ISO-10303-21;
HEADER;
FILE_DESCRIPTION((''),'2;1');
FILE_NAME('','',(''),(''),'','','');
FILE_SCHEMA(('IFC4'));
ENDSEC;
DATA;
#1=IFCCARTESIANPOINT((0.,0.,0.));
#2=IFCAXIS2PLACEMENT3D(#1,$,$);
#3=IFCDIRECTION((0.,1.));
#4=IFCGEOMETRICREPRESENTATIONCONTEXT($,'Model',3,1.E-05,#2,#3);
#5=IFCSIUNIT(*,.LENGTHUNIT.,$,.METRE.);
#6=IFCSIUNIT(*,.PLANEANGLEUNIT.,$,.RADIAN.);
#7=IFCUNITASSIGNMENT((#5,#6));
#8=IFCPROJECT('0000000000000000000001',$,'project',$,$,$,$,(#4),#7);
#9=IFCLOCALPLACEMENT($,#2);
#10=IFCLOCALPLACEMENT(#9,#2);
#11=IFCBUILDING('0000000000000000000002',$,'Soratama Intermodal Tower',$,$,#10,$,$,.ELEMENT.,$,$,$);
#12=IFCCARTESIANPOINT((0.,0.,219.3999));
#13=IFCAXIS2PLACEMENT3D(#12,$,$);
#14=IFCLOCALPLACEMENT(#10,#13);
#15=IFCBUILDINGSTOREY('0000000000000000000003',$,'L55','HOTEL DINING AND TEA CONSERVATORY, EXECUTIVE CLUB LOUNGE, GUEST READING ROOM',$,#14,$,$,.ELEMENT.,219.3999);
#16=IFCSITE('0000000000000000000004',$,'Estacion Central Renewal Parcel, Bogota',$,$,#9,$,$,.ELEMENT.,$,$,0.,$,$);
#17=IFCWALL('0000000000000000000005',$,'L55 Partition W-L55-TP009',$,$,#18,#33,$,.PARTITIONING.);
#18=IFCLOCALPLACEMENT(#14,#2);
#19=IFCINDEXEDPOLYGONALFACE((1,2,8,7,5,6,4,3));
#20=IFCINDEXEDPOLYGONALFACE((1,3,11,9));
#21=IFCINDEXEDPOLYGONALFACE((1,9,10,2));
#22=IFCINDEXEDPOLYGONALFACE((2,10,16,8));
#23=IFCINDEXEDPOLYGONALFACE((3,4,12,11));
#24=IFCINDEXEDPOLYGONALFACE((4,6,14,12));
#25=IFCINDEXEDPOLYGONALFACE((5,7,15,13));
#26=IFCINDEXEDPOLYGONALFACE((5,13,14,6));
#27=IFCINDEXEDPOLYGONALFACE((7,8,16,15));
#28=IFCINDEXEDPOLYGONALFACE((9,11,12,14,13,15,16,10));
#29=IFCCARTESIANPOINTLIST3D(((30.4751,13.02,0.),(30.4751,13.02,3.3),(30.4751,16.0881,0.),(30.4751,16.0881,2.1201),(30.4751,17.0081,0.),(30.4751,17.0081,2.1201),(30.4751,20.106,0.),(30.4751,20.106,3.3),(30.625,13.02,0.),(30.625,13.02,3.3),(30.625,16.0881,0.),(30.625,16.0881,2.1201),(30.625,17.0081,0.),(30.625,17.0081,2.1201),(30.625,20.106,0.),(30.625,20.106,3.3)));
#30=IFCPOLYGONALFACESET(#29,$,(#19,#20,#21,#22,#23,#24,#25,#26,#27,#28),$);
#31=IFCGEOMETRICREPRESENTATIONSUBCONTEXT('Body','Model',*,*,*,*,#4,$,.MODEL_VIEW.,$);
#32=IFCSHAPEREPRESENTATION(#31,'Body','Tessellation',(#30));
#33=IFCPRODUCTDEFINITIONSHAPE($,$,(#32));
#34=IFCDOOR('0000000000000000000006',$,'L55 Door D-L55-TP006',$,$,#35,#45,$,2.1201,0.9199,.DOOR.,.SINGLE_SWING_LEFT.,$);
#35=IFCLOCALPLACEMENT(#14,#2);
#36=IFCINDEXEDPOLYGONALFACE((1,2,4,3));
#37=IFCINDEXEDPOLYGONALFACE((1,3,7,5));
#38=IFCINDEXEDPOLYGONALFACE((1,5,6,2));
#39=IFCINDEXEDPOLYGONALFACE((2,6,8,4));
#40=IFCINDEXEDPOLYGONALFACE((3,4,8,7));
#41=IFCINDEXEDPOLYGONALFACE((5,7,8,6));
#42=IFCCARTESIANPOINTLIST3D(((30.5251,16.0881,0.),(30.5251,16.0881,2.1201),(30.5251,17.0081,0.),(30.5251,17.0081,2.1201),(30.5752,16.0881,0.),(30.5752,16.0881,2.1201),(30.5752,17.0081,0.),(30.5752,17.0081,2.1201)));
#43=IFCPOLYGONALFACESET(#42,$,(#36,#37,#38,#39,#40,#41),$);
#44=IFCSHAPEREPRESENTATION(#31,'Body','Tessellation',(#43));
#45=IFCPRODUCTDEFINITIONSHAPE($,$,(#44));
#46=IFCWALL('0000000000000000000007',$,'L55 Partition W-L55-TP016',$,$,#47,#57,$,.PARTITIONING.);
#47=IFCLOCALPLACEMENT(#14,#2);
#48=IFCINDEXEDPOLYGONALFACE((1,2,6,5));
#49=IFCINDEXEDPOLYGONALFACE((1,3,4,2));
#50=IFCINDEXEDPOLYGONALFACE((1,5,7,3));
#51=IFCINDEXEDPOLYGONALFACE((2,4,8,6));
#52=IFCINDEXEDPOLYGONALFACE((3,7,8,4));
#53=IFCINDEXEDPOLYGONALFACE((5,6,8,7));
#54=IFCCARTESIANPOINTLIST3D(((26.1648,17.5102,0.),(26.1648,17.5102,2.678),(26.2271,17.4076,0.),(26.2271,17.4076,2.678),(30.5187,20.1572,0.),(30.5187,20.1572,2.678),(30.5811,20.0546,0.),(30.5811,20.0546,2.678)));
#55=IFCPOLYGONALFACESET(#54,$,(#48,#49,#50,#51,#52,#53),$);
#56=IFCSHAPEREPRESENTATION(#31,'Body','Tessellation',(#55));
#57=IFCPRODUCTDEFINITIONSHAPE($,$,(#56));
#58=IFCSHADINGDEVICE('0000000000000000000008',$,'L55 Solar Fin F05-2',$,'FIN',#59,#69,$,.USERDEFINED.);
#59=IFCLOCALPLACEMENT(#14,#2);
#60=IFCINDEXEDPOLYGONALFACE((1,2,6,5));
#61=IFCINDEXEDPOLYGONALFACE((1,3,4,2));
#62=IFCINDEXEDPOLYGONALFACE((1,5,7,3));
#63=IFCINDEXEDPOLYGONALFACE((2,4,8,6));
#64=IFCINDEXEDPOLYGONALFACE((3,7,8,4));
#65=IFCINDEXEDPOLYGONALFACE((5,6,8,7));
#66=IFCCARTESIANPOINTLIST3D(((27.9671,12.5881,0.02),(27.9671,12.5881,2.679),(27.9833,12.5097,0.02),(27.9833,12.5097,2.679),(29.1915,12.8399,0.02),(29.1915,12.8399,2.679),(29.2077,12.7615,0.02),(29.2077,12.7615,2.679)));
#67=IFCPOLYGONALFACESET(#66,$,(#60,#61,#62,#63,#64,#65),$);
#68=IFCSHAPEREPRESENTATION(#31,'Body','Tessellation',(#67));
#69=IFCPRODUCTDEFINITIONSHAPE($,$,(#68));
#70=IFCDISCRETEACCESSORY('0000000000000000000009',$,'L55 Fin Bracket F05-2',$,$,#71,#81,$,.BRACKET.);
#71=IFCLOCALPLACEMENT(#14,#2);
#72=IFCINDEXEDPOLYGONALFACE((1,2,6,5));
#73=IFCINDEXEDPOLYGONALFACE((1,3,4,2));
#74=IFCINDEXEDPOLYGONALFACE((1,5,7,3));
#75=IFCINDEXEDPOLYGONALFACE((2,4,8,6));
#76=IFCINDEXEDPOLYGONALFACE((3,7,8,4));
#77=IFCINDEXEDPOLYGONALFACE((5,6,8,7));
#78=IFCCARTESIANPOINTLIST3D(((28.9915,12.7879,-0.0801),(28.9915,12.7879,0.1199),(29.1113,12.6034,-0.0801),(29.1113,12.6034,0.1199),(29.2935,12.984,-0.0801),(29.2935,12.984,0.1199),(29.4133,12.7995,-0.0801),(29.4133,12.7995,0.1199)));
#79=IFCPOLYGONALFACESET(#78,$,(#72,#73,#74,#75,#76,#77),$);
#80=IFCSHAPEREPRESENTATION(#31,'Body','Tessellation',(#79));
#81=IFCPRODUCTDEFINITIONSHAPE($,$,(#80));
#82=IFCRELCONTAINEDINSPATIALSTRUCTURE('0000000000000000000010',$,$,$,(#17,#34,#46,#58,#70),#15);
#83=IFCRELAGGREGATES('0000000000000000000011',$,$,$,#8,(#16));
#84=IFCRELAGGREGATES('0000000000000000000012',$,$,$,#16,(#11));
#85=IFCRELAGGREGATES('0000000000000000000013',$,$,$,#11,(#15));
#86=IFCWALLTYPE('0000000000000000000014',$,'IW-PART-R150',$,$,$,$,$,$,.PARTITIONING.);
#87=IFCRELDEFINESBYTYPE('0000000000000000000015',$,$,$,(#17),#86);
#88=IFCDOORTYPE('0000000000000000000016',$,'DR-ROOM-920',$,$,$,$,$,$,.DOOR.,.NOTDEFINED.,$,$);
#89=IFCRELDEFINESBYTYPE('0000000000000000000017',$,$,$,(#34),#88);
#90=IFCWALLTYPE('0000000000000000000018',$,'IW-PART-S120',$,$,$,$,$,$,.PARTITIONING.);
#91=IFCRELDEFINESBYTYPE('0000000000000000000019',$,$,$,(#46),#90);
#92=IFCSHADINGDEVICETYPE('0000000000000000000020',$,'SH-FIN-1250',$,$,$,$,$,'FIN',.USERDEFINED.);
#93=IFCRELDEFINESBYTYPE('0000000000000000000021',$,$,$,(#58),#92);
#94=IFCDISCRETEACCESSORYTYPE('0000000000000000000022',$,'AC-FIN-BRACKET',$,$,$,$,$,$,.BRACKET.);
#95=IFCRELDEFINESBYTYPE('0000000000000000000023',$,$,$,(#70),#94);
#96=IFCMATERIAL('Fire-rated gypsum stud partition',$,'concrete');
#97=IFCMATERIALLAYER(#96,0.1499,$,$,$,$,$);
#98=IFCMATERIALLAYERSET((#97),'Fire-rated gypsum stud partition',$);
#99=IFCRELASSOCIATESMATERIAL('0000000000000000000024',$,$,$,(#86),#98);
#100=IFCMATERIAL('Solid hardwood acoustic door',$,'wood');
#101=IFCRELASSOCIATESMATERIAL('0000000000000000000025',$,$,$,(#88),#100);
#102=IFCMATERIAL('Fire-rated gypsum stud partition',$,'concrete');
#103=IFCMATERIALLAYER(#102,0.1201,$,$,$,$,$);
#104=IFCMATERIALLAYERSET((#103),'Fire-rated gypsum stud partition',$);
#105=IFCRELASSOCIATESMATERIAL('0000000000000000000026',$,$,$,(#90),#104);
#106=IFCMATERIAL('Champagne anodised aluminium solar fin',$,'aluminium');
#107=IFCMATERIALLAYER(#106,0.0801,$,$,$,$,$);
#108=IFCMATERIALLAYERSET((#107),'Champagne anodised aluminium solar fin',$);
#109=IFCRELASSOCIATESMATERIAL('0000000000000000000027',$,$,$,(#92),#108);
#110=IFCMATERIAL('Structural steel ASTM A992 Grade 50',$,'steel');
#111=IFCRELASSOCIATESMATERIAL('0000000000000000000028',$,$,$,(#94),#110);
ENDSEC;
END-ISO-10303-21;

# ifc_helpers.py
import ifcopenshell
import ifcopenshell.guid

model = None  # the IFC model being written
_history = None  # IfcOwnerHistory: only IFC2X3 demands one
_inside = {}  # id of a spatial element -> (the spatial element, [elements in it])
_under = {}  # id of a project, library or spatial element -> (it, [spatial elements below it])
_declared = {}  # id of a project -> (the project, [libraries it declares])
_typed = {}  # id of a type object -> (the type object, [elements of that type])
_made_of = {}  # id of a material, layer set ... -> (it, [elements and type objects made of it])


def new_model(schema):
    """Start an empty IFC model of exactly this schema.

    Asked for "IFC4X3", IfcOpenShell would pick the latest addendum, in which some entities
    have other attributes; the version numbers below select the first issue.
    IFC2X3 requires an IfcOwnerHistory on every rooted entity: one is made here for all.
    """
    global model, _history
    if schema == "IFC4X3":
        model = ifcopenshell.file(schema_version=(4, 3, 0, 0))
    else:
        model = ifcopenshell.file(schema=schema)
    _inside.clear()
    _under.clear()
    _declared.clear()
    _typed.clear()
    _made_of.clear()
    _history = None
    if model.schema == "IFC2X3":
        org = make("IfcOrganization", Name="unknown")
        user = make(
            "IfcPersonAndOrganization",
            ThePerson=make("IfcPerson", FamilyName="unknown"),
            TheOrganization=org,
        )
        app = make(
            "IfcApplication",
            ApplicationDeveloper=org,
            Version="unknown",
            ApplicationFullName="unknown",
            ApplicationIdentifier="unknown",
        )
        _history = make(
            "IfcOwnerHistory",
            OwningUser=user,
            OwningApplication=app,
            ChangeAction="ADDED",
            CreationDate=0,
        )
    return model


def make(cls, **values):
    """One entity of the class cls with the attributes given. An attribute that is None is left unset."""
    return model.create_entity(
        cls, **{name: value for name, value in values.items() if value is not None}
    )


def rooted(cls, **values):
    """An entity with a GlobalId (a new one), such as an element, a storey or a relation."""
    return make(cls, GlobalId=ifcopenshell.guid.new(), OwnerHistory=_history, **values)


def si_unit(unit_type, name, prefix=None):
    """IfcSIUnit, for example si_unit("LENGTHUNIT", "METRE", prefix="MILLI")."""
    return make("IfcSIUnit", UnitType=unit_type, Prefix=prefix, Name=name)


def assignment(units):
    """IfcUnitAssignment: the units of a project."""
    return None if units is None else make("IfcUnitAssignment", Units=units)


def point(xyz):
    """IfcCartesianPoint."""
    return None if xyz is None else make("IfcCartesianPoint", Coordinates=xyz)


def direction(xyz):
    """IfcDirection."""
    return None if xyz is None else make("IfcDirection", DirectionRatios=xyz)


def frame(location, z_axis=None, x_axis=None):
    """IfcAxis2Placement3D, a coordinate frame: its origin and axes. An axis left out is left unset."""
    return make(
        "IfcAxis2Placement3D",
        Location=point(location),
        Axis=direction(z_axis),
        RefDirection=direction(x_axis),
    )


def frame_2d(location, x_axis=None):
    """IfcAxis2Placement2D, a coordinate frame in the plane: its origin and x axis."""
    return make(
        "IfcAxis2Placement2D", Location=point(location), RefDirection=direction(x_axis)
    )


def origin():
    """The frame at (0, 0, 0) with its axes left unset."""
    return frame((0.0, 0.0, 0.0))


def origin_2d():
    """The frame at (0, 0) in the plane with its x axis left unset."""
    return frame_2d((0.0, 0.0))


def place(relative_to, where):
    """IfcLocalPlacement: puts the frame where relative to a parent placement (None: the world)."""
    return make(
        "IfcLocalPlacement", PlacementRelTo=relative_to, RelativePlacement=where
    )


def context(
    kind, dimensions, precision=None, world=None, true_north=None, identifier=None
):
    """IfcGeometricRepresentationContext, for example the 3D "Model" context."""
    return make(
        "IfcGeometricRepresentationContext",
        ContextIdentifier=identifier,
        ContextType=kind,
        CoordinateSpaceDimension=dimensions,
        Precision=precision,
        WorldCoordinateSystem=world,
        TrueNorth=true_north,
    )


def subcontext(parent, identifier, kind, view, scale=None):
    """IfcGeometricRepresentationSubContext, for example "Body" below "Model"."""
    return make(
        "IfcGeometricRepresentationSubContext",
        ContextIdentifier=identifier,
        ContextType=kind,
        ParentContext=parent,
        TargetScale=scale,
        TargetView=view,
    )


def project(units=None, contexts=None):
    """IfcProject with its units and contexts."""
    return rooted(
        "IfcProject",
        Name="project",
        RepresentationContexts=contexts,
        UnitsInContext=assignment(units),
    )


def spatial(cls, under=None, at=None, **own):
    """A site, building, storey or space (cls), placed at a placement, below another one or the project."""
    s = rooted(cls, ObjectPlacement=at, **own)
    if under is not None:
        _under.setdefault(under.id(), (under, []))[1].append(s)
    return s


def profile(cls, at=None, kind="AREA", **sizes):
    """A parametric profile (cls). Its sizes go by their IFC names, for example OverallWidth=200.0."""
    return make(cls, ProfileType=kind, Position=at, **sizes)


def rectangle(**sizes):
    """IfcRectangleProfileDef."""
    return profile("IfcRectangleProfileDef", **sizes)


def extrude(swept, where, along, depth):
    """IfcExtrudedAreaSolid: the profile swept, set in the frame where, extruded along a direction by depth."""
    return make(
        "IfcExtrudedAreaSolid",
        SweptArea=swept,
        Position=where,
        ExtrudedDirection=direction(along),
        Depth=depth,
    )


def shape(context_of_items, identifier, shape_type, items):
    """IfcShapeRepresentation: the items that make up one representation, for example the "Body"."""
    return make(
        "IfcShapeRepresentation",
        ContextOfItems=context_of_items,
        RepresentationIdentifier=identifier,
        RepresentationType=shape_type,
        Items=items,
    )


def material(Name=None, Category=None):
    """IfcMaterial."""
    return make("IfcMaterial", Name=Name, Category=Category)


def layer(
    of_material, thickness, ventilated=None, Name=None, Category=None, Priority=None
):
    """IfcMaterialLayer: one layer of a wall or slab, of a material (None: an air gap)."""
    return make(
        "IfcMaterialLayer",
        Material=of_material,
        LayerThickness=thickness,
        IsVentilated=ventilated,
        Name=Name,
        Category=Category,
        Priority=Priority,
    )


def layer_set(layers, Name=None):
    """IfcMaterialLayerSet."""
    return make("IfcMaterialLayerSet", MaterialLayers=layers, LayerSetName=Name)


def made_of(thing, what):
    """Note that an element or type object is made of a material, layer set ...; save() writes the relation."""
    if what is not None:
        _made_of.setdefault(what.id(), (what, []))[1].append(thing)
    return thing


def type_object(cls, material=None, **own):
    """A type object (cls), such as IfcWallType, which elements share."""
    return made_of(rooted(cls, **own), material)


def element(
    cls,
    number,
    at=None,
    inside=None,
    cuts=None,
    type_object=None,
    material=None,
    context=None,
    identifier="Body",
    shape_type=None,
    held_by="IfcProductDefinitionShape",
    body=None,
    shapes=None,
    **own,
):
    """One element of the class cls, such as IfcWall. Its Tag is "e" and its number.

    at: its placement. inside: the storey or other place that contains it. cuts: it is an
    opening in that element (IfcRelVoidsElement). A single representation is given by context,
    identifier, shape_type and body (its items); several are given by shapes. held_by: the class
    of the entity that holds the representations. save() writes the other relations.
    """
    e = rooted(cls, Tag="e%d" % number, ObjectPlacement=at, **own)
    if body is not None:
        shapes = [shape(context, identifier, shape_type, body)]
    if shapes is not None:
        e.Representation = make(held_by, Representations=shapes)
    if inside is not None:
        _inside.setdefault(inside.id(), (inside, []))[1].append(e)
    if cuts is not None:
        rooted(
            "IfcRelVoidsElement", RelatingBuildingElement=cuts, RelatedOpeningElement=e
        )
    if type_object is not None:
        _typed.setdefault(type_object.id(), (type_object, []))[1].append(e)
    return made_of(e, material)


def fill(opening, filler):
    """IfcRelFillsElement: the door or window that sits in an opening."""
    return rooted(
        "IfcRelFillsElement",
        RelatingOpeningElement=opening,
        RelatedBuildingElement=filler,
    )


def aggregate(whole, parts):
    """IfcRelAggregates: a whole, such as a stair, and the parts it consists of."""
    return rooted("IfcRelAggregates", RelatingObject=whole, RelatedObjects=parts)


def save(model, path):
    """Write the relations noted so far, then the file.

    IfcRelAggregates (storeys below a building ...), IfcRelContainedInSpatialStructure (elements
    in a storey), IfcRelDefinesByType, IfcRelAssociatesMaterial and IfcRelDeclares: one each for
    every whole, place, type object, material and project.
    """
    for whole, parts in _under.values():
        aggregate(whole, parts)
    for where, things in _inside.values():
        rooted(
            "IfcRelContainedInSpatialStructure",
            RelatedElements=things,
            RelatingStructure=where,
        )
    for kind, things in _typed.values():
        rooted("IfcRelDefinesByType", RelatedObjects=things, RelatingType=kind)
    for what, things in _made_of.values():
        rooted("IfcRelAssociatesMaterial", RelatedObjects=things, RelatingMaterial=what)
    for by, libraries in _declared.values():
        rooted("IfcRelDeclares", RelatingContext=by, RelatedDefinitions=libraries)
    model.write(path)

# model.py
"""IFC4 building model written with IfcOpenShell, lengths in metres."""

from ifc_helpers import new_model, si_unit, direction, frame, frame_2d, origin, origin_2d, place, context, subcontext, project, spatial, rectangle, extrude, material, layer, layer_set, type_object, element, fill, save


model = new_model("IFC4")

# Units and contexts
model_context = context("Model", 3, precision=1e-05, world=origin(), true_north=direction((0.0, 1.0)))
body_context = subcontext(model_context, "Body", "Model", "MODEL_VIEW")
ifc_project = project(units=[si_unit("LENGTHUNIT", "METRE"), si_unit("PLANEANGLEUNIT", "RADIAN")], contexts=[model_context])

# Site, building, storey
site_placement = place(None, origin())
site = spatial("IfcSite", under=ifc_project, at=site_placement, Name="Estacion Central Renewal Parcel, Bogota", CompositionType="ELEMENT", RefElevation=0.0)
building_placement = place(site_placement, origin())
building = spatial("IfcBuilding", under=site, at=building_placement, Name="Soratama Intermodal Tower", CompositionType="ELEMENT")
storey_placement = place(building_placement, frame((0.0, 0.0, 219.3999)))
storey = spatial("IfcBuildingStorey", under=building, at=storey_placement, Name="L55", Description="HOTEL DINING AND TEA CONSERVATORY, EXECUTIVE CLUB LOUNGE, GUEST READING ROOM", CompositionType="ELEMENT", Elevation=219.3999)

# Wall, opening, door
ifc_material_1 = material(Name="Fire-rated gypsum stud partition", Category="concrete")
ifc_layer_1 = layer(ifc_material_1, 0.1499)
ifc_layer_set_1 = layer_set([ifc_layer_1], Name="Fire-rated gypsum stud partition")
wall_type_1 = type_object("IfcWallType", Name="IW-PART-R150", PredefinedType="PARTITIONING", material=ifc_layer_set_1)
ifc_material_2 = material(Name="Solid hardwood acoustic door", Category="wood")
door_type = type_object("IfcDoorType", Name="DR-ROOM-920", OperationType="NOTDEFINED", PredefinedType="DOOR", material=ifc_material_2)
wall_1_placement = place(storey_placement, frame((30.55, 13.02, 0.0), z_axis=(0.0, 0.0, 1.0), x_axis=(0.0, 1.0, 0.0)))
wall_1 = element("IfcWall", 1, at=wall_1_placement, inside=storey, type_object=wall_type_1, Name="L55 Partition W-L55-TP009", PredefinedType="PARTITIONING", context=body_context, shape_type="SweptSolid", body=[
    extrude(rectangle(XDim=7.0859, YDim=0.1499, at=frame_2d((3.543, 0.0))), origin(), (0.0, 0.0, 1.0), 3.3),
])
opening_1_placement = place(wall_1_placement, frame((3.0681, 0.0, 0.0)))
opening_1 = element("IfcOpeningElement", 2, at=opening_1_placement, cuts=wall_1, PredefinedType="OPENING", context=body_context, shape_type="SweptSolid", body=[
    extrude(rectangle(XDim=0.9199, YDim=2.1201, at=frame_2d((0.46, 1.0601))), frame((0.0, 0.085, 0.0), z_axis=(0.0, -1.0, 0.0), x_axis=(1.0, 0.0, 0.0)), (0.0, 0.0, 1.0), 0.1699),
])
door_1_placement = place(opening_1_placement, origin())
door_1 = element("IfcDoor", 3, at=door_1_placement, inside=storey, type_object=door_type, Name="L55 Door D-L55-TP006", OperationType="SINGLE_SWING_LEFT", OverallHeight=2.1201, OverallWidth=0.9199, PredefinedType="DOOR", context=body_context, shape_type="SweptSolid", body=[
    extrude(rectangle(XDim=0.9199, YDim=2.1201, at=frame_2d((0.46, 1.0601))), frame((0.0, 0.0249, 0.0), z_axis=(0.0, -1.0, 0.0), x_axis=(1.0, 0.0, 0.0)), (0.0, 0.0, 1.0), 0.05),
])
fill(opening_1, door_1)

# Wall
ifc_material_3 = material(Name="Fire-rated gypsum stud partition", Category="concrete")
ifc_layer_2 = layer(ifc_material_3, 0.1201)
ifc_layer_set_2 = layer_set([ifc_layer_2], Name="Fire-rated gypsum stud partition")
wall_type_2 = type_object("IfcWallType", Name="IW-PART-S120", PredefinedType="PARTITIONING", material=ifc_layer_set_2)
wall_2_placement = place(storey_placement, frame((30.55, 20.106, 0.0), z_axis=(0.0, 0.0, 1.0), x_axis=(-0.854485, -0.519476, 0.0)))
element("IfcWall", 4, at=wall_2_placement, inside=storey, type_object=wall_type_2, Name="L55 Partition W-L55-TP016", PredefinedType="PARTITIONING", context=body_context, shape_type="SweptSolid", body=[
    extrude(rectangle(XDim=5.0955, YDim=0.1201, at=frame_2d((2.5479, 0.0))), origin(), (0.0, 0.0, 1.0), 2.678),
])

# Shading device
ifc_material_4 = material(Name="Champagne anodised aluminium solar fin", Category="aluminium")
ifc_layer_3 = layer(ifc_material_4, 0.0801)
ifc_layer_set_3 = layer_set([ifc_layer_3], Name="Champagne anodised aluminium solar fin")
shading_device_type = type_object("IfcShadingDeviceType", Name="SH-FIN-1250", ElementType="FIN", PredefinedType="USERDEFINED", material=ifc_layer_set_3)
shading_device_placement = place(storey_placement, frame((28.5874, 12.6748, 0.02), z_axis=(0.0, 0.0, 1.0), x_axis=(-0.979505, -0.20142, 0.0)))
element("IfcShadingDevice", 5, at=shading_device_placement, inside=storey, type_object=shading_device_type, Name="L55 Solar Fin F05-2", ObjectType="FIN", PredefinedType="USERDEFINED", context=body_context, shape_type="SweptSolid", body=[
    extrude(rectangle(XDim=1.25, YDim=0.0801, at=origin_2d()), origin(), (0.0, 0.0, 1.0), 2.6589),
])

# Discrete accessory
ifc_material_5 = material(Name="Structural steel ASTM A992 Grade 50", Category="steel")
discrete_accessory_type = type_object("IfcDiscreteAccessoryType", Name="AC-FIN-BRACKET", PredefinedType="BRACKET", material=ifc_material_5)
discrete_accessory_placement = place(storey_placement, frame((29.2024, 12.7937, -0.0801), z_axis=(0.0, 0.0, 1.0), x_axis=(-0.838671, -0.544639, 0.0)))
element("IfcDiscreteAccessory", 6, at=discrete_accessory_placement, inside=storey, type_object=discrete_accessory_type, Name="L55 Fin Bracket F05-2", PredefinedType="BRACKET", context=body_context, shape_type="SweptSolid", body=[
    extrude(rectangle(XDim=0.3601, YDim=0.22, at=origin_2d()), origin(), (0.0, 0.0, 1.0), 0.2),
])

save(model, "model.ifc")
